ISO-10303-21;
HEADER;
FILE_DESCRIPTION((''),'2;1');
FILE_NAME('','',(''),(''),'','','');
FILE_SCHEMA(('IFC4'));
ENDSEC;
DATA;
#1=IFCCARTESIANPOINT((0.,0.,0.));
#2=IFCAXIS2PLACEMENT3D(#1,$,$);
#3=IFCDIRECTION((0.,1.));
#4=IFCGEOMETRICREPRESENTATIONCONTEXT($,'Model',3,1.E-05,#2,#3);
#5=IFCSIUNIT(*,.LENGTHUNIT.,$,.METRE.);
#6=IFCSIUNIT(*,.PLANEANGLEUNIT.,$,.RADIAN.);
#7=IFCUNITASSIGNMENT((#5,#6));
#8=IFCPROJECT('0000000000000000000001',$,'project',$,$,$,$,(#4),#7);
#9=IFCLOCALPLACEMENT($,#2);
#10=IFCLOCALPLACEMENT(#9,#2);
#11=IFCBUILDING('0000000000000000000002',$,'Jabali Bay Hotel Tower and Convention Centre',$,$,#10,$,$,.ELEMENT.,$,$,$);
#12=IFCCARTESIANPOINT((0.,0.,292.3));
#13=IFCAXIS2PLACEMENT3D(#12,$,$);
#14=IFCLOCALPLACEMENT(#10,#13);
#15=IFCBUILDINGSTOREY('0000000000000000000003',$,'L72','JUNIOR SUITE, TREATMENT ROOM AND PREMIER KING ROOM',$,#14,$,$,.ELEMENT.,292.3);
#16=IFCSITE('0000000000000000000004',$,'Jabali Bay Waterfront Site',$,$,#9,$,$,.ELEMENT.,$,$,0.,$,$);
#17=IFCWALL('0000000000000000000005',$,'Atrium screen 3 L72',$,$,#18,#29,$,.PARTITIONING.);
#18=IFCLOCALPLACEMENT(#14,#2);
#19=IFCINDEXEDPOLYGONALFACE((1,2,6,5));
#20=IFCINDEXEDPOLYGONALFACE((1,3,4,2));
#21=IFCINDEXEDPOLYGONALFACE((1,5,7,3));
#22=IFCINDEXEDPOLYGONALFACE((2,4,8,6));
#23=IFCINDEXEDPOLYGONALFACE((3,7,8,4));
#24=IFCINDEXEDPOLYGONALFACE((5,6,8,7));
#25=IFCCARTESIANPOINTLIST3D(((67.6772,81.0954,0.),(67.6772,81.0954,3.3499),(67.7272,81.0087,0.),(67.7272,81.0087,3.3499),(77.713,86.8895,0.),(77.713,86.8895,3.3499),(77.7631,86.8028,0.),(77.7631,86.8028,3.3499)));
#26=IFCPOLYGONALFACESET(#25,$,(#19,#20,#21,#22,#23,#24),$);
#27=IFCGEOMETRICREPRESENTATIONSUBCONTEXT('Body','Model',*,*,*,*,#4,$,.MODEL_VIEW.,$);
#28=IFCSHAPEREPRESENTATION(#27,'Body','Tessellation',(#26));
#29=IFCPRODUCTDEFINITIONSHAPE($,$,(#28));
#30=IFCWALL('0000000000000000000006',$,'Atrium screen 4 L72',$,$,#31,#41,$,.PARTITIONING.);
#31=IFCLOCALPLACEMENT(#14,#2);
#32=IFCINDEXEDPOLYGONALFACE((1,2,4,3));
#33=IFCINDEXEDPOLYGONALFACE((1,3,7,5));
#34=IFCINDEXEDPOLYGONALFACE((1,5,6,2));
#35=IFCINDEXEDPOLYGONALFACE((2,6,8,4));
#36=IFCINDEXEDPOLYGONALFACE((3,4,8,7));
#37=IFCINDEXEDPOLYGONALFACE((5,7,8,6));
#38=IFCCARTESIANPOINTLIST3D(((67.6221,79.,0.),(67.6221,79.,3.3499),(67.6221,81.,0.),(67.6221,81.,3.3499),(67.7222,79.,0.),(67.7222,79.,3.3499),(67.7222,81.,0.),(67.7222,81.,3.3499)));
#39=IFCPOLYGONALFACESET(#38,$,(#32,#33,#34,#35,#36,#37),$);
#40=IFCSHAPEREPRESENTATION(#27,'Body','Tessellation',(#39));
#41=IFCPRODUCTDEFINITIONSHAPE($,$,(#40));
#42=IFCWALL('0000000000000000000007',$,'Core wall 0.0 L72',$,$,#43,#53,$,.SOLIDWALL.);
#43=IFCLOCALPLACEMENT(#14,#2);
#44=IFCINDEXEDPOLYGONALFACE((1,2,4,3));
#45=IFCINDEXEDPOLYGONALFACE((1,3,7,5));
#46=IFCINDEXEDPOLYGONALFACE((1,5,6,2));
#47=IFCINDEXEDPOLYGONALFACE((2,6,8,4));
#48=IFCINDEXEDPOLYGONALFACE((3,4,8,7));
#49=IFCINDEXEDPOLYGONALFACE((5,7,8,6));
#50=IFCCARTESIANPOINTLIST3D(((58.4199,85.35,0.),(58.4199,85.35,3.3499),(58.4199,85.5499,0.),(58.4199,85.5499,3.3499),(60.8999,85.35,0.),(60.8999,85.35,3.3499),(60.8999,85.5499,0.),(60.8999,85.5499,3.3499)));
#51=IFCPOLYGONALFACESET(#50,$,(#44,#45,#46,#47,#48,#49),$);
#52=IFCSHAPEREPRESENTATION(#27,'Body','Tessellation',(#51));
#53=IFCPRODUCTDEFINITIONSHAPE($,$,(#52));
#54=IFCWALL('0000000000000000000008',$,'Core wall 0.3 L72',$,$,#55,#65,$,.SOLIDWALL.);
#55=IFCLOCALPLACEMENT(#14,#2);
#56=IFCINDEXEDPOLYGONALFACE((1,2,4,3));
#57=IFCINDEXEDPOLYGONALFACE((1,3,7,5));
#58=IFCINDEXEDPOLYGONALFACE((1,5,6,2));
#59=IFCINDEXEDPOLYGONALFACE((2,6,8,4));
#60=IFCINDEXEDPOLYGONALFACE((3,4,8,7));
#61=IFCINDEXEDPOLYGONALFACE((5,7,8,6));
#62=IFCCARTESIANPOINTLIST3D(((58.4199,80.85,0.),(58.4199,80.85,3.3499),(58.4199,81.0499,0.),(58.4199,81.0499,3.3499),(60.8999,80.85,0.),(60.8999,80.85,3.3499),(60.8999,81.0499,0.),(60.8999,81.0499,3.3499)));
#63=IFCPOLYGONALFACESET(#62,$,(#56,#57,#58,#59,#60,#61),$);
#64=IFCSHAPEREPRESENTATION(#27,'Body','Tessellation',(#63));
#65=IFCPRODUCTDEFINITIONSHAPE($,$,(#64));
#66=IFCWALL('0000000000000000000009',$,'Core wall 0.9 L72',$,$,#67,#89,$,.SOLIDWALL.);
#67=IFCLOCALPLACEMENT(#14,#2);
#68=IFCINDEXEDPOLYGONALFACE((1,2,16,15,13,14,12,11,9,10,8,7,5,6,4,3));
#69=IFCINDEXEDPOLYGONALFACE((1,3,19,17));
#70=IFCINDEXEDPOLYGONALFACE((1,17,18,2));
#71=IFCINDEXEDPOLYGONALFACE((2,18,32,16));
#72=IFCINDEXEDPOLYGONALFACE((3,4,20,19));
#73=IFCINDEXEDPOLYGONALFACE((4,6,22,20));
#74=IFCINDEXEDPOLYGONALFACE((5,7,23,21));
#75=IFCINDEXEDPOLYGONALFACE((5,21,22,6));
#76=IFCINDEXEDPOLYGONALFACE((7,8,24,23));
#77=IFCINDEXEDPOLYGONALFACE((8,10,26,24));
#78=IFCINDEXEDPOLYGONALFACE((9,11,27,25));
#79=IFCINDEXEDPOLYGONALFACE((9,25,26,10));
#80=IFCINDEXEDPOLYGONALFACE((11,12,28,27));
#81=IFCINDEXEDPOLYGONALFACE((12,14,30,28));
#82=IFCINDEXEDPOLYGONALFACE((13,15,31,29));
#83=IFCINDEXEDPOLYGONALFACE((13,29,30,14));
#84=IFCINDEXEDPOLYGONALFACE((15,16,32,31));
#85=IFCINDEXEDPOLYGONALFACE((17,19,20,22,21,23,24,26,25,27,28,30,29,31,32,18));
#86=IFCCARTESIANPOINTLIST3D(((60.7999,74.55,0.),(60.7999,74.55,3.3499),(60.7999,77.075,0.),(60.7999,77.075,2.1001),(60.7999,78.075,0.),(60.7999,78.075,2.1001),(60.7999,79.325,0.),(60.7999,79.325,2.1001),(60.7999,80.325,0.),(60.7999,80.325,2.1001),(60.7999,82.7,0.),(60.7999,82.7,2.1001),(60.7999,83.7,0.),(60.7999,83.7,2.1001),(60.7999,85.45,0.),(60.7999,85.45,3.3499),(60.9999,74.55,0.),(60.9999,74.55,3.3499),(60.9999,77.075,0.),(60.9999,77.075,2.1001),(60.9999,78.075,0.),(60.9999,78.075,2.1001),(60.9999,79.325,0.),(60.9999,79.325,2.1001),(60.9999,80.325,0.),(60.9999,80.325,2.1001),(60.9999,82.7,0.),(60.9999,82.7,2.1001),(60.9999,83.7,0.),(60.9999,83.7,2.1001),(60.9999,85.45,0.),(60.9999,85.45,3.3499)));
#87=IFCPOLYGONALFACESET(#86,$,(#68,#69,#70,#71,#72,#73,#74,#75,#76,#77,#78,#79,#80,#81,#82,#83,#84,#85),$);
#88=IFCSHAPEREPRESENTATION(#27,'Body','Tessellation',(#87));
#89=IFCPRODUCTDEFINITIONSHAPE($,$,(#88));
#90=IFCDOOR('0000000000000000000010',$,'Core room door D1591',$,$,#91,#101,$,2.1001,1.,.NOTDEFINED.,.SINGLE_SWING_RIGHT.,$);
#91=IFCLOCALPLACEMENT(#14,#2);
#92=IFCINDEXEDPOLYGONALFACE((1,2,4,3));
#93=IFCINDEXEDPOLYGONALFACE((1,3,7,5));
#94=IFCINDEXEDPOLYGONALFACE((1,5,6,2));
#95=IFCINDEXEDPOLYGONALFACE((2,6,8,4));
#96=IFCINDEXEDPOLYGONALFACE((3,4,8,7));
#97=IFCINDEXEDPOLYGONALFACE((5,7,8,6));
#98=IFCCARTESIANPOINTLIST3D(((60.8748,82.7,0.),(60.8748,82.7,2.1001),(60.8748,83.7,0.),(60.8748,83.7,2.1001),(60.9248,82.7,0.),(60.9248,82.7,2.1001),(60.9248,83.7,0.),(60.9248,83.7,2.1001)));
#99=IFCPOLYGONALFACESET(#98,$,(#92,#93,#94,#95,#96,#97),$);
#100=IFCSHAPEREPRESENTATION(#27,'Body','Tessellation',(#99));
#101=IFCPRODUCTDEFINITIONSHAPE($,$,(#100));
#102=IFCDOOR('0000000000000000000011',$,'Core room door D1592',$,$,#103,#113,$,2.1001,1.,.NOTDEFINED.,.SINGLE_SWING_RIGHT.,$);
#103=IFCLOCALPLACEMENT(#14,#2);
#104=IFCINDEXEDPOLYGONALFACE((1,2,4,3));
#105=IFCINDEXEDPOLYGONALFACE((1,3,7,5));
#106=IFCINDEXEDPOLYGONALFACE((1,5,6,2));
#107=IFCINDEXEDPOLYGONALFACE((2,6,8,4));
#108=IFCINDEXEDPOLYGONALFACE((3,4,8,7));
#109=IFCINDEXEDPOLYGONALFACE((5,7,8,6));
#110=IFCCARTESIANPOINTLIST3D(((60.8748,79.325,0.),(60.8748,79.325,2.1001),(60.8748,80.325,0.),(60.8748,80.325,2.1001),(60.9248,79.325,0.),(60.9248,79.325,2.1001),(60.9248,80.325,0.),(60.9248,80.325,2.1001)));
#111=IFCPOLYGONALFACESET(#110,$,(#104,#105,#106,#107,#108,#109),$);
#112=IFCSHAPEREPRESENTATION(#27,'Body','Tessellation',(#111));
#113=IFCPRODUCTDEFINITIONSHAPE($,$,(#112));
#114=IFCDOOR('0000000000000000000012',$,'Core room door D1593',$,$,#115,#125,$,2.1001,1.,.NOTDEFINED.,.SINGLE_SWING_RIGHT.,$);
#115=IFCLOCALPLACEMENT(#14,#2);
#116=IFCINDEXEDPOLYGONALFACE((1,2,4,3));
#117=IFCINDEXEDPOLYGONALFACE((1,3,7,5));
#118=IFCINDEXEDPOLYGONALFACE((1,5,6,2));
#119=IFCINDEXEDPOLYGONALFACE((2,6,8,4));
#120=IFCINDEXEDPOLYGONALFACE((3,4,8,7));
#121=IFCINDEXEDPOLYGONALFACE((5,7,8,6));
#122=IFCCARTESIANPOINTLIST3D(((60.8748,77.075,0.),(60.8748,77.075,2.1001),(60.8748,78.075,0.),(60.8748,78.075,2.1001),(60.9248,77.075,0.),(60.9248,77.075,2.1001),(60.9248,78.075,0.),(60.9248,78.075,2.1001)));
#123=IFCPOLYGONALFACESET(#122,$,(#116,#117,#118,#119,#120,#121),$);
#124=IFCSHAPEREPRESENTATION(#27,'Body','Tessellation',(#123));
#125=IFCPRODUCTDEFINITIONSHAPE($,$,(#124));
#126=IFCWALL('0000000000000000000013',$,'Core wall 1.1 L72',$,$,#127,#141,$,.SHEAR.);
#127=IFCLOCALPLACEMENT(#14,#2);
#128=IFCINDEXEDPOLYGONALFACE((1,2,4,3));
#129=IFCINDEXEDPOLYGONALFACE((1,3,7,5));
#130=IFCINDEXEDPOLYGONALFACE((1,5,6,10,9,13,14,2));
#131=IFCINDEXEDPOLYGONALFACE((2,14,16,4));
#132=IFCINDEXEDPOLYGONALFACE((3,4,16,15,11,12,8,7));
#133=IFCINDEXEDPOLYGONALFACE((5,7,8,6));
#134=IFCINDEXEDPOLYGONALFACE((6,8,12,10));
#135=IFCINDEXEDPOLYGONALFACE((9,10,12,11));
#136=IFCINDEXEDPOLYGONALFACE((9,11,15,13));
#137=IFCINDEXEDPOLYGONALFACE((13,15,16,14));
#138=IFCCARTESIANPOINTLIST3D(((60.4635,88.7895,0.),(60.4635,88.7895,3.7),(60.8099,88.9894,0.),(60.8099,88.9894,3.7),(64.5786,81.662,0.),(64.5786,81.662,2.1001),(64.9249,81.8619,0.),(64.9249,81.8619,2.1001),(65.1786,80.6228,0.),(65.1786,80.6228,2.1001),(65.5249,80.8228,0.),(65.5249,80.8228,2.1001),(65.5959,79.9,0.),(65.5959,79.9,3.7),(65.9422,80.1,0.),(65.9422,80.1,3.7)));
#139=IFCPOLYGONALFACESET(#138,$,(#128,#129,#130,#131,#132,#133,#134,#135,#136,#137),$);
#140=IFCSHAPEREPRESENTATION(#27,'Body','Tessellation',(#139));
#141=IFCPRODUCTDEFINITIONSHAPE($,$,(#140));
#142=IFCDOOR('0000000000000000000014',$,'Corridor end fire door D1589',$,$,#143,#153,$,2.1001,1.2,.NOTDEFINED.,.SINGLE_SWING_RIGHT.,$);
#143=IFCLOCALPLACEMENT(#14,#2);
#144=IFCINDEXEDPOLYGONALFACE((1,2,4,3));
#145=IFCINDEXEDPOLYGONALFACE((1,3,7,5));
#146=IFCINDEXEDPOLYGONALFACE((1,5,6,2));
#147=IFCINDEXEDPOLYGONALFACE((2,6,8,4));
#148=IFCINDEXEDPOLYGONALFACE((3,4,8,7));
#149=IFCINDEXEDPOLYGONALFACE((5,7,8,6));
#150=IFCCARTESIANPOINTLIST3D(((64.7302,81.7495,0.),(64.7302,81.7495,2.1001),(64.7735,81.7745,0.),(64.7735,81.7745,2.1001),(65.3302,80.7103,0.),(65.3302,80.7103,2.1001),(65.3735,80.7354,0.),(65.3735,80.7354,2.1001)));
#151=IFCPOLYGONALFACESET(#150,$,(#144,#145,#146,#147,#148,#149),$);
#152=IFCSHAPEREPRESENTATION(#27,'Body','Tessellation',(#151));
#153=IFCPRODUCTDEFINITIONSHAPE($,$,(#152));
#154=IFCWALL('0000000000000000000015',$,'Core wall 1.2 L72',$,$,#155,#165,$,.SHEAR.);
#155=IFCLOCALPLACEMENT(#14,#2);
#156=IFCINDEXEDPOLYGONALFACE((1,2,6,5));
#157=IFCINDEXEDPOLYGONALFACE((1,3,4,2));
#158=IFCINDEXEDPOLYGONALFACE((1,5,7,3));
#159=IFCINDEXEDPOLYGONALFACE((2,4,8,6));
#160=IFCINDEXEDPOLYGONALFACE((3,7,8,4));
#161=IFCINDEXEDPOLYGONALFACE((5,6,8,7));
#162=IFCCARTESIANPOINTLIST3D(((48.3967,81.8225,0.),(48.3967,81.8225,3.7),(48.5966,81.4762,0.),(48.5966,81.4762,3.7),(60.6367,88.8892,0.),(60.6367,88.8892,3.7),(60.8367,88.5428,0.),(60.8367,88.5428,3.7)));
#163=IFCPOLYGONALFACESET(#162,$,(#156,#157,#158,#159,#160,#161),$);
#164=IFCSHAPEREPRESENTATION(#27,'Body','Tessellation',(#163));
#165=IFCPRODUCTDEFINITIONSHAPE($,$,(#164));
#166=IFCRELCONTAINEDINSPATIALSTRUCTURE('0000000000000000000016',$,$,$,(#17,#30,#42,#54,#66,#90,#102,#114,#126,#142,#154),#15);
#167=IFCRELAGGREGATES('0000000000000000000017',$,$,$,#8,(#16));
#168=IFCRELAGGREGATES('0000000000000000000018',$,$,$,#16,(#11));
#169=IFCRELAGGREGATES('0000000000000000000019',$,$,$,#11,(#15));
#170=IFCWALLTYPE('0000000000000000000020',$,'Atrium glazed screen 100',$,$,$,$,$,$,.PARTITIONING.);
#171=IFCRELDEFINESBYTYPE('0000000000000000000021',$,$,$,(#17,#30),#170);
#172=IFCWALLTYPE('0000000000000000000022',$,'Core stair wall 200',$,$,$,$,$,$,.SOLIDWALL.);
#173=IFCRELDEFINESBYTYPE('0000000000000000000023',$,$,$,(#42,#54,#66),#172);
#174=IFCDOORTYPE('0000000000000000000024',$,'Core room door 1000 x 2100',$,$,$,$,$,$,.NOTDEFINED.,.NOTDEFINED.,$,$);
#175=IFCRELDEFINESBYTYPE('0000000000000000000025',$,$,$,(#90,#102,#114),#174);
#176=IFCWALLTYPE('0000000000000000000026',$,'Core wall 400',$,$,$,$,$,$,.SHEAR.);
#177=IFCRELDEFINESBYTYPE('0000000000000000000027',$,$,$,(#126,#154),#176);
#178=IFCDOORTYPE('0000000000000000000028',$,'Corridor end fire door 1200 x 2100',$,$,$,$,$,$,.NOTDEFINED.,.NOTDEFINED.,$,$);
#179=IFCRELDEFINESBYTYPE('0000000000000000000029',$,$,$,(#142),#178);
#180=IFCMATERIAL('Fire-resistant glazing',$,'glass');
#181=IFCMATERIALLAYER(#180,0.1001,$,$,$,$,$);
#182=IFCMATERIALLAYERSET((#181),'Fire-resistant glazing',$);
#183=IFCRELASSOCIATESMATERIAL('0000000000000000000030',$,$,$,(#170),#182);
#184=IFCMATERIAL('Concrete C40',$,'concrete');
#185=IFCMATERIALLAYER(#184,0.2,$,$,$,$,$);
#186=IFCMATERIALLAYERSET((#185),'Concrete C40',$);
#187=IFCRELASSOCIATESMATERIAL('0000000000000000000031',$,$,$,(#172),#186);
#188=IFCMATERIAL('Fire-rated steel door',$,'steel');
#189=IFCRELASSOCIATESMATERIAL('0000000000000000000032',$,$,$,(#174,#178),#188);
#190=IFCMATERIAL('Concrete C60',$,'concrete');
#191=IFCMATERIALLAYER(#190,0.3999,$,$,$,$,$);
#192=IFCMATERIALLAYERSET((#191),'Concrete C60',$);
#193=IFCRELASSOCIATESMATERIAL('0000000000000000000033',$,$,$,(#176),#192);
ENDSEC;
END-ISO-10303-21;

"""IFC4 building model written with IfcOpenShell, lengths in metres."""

from ifc_helpers import new_model, si_unit, direction, frame, frame_2d, origin, place, context, subcontext, project, spatial, rectangle, extrude, material, layer, layer_set, type_object, element, fill, save


model = new_model("IFC4")

# Units and contexts
model_context = context("Model", 3, precision=1e-05, world=origin(), true_north=direction((0.0, 1.0)))
body_context = subcontext(model_context, "Body", "Model", "MODEL_VIEW")
ifc_project = project(units=[si_unit("LENGTHUNIT", "METRE"), si_unit("PLANEANGLEUNIT", "RADIAN")], contexts=[model_context])

# Site, building, storey
site_placement = place(None, origin())
site = spatial("IfcSite", under=ifc_project, at=site_placement, Name="Jabali Bay Waterfront Site", CompositionType="ELEMENT", RefElevation=0.0)
building_placement = place(site_placement, origin())
building = spatial("IfcBuilding", under=site, at=building_placement, Name="Jabali Bay Hotel Tower and Convention Centre", CompositionType="ELEMENT")
storey_placement = place(building_placement, frame((0.0, 0.0, 292.3)))
storey = spatial("IfcBuildingStorey", under=building, at=storey_placement, Name="L72", Description="JUNIOR SUITE, TREATMENT ROOM AND PREMIER KING ROOM", CompositionType="ELEMENT", Elevation=292.3)

# Walls
ifc_material_1 = material(Name="Fire-resistant glazing", Category="glass")
ifc_layer_1 = layer(ifc_material_1, 0.1001)
ifc_layer_set_1 = layer_set([ifc_layer_1], Name="Fire-resistant glazing")
wall_type_1 = type_object("IfcWallType", Name="Atrium glazed screen 100", PredefinedType="PARTITIONING", material=ifc_layer_set_1)
wall_1_placement = place(storey_placement, frame((77.738, 86.8462, 0.0), z_axis=(0.0, 0.0, 1.0), x_axis=(-0.866027, -0.499998, 0.0)))
element("IfcWall", 1, at=wall_1_placement, inside=storey, type_object=wall_type_1, Name="Atrium screen 3 L72", PredefinedType="PARTITIONING", context=body_context, shape_type="SweptSolid", body=[
    extrude(rectangle(XDim=11.5884, YDim=0.1001, at=frame_2d((5.7942, 0.0))), origin(), (0.0, 0.0, 1.0), 3.3499),
])
wall_2_placement = place(storey_placement, frame((67.6721, 81.0, 0.0), z_axis=(0.0, 0.0, 1.0), x_axis=(0.0, -1.0, 0.0)))
element("IfcWall", 2, at=wall_2_placement, inside=storey, type_object=wall_type_1, Name="Atrium screen 4 L72", PredefinedType="PARTITIONING", context=body_context, shape_type="SweptSolid", body=[
    extrude(rectangle(XDim=2.0, YDim=0.1001, at=frame_2d((1.0, 0.0))), origin(), (0.0, 0.0, 1.0), 3.3499),
])
ifc_material_2 = material(Name="Concrete C40", Category="concrete")
ifc_layer_2 = layer(ifc_material_2, 0.2)
ifc_layer_set_2 = layer_set([ifc_layer_2], Name="Concrete C40")
wall_type_2 = type_object("IfcWallType", Name="Core stair wall 200", PredefinedType="SOLIDWALL", material=ifc_layer_set_2)
for number, where, z_axis, x_axis, name in (
    (3, (60.8999, 85.45, 0.0), (0.0, 0.0, 1.0), (-1.0, 0.0, 0.0), "Core wall 0.0 L72"),
    (4, (60.8999, 80.95, 0.0), (0.0, 0.0, 1.0), (-1.0, 0.0, 0.0), "Core wall 0.3 L72"),
):
    element("IfcWall", number, at=place(storey_placement, frame(where, z_axis=z_axis, x_axis=x_axis)), inside=storey, type_object=wall_type_2, Name=name, PredefinedType="SOLIDWALL", context=body_context, shape_type="SweptSolid", body=[
        extrude(rectangle(XDim=2.48, YDim=0.2, at=frame_2d((1.24, 0.0))), origin(), (0.0, 0.0, 1.0), 3.3499),
    ])

# Wall, openings, doors
wall_3_placement = place(storey_placement, frame((60.8999, 85.45, 0.0), z_axis=(0.0, 0.0, 1.0), x_axis=(0.0, -1.0, 0.0)))
wall_3 = element("IfcWall", 5, at=wall_3_placement, inside=storey, type_object=wall_type_2, Name="Core wall 0.9 L72", PredefinedType="SOLIDWALL", context=body_context, shape_type="SweptSolid", body=[
    extrude(rectangle(XDim=10.8999, YDim=0.2, at=frame_2d((5.45, 0.0))), origin(), (0.0, 0.0, 1.0), 3.3499),
])
opening_1_placement = place(wall_3_placement, frame((1.75, 0.0, 0.0)))
opening_1 = element("IfcOpeningElement", 6, at=opening_1_placement, cuts=wall_3, PredefinedType="OPENING", context=body_context, shape_type="SweptSolid", body=[
    extrude(rectangle(XDim=1.0, YDim=2.1001, at=frame_2d((0.5, 1.05))), frame((0.0, 0.1104, 0.0), z_axis=(0.0, -1.0, 0.0), x_axis=(1.0, 0.0, 0.0)), (0.0, 0.0, 1.0), 0.2209),
])
opening_2_placement = place(wall_3_placement, frame((5.125, 0.0, 0.0)))
opening_2 = element("IfcOpeningElement", 7, at=opening_2_placement, cuts=wall_3, PredefinedType="OPENING", context=body_context, shape_type="SweptSolid", body=[
    extrude(rectangle(XDim=1.0, YDim=2.1001, at=frame_2d((0.5, 1.05))), frame((0.0, 0.1104, 0.0), z_axis=(0.0, -1.0, 0.0), x_axis=(1.0, 0.0, 0.0)), (0.0, 0.0, 1.0), 0.2209),
])
opening_3_placement = place(wall_3_placement, frame((7.375, 0.0, 0.0)))
opening_3 = element("IfcOpeningElement", 8, at=opening_3_placement, cuts=wall_3, PredefinedType="OPENING", context=body_context, shape_type="SweptSolid", body=[
    extrude(rectangle(XDim=1.0, YDim=2.1001, at=frame_2d((0.5, 1.05))), frame((0.0, 0.1104, 0.0), z_axis=(0.0, -1.0, 0.0), x_axis=(1.0, 0.0, 0.0)), (0.0, 0.0, 1.0), 0.2209),
])
ifc_material_3 = material(Name="Fire-rated steel door", Category="steel")
door_type_1 = type_object("IfcDoorType", Name="Core room door 1000 x 2100", OperationType="NOTDEFINED", PredefinedType="NOTDEFINED", material=ifc_material_3)
door_1_placement = place(opening_1_placement, origin())
door_1 = element("IfcDoor", 9, at=door_1_placement, inside=storey, type_object=door_type_1, Name="Core room door D1591", OperationType="SINGLE_SWING_RIGHT", OverallHeight=2.1001, OverallWidth=1.0, PredefinedType="NOTDEFINED", context=body_context, shape_type="SweptSolid", body=[
    extrude(rectangle(XDim=1.0, YDim=2.1001, at=frame_2d((0.5, 1.05))), frame((0.0, 0.0249, 0.0), z_axis=(0.0, -1.0, 0.0), x_axis=(1.0, 0.0, 0.0)), (0.0, 0.0, 1.0), 0.05),
])
fill(opening_1, door_1)
door_2_placement = place(opening_2_placement, origin())
door_2 = element("IfcDoor", 10, at=door_2_placement, inside=storey, type_object=door_type_1, Name="Core room door D1592", OperationType="SINGLE_SWING_RIGHT", OverallHeight=2.1001, OverallWidth=1.0, PredefinedType="NOTDEFINED", context=body_context, shape_type="SweptSolid", body=[
    extrude(rectangle(XDim=1.0, YDim=2.1001, at=frame_2d((0.5, 1.05))), frame((0.0, 0.0249, 0.0), z_axis=(0.0, -1.0, 0.0), x_axis=(1.0, 0.0, 0.0)), (0.0, 0.0, 1.0), 0.05),
])
fill(opening_2, door_2)
door_3_placement = place(opening_3_placement, origin())
door_3 = element("IfcDoor", 11, at=door_3_placement, inside=storey, type_object=door_type_1, Name="Core room door D1593", OperationType="SINGLE_SWING_RIGHT", OverallHeight=2.1001, OverallWidth=1.0, PredefinedType="NOTDEFINED", context=body_context, shape_type="SweptSolid", body=[
    extrude(rectangle(XDim=1.0, YDim=2.1001, at=frame_2d((0.5, 1.05))), frame((0.0, 0.0249, 0.0), z_axis=(0.0, -1.0, 0.0), x_axis=(1.0, 0.0, 0.0)), (0.0, 0.0, 1.0), 0.05),
])
fill(opening_3, door_3)

# Wall, opening, door
ifc_material_4 = material(Name="Concrete C60", Category="concrete")
ifc_layer_3 = layer(ifc_material_4, 0.3999)
ifc_layer_set_3 = layer_set([ifc_layer_3], Name="Concrete C60")
wall_type_3 = type_object("IfcWallType", Name="Core wall 400", PredefinedType="SHEAR", material=ifc_layer_set_3)
wall_4_placement = place(storey_placement, frame((65.769, 80.0, 0.0), z_axis=(0.0, 0.0, 1.0), x_axis=(-0.500002, 0.866024, 0.0)))
wall_4 = element("IfcWall", 12, at=wall_4_placement, inside=storey, type_object=wall_type_3, Name="Core wall 1.1 L72", PredefinedType="SHEAR", context=body_context, shape_type="SweptSolid", body=[
    extrude(rectangle(XDim=10.2646, YDim=0.3999, at=frame_2d((5.1323, 0.0))), origin(), (0.0, 0.0, 1.0), 3.7),
])
opening_4_placement = place(wall_4_placement, frame((0.8345, 0.0, 0.0)))
opening_4 = element("IfcOpeningElement", 13, at=opening_4_placement, cuts=wall_4, PredefinedType="OPENING", context=body_context, shape_type="SweptSolid", body=[
    extrude(rectangle(XDim=1.2, YDim=2.1001, at=frame_2d((0.6001, 1.05))), frame((0.0, 0.2104, 0.0), z_axis=(0.0, -1.0, 0.0), x_axis=(1.0, 0.0, 0.0)), (0.0, 0.0, 1.0), 0.4209),
])
door_type_2 = type_object("IfcDoorType", Name="Corridor end fire door 1200 x 2100", OperationType="NOTDEFINED", PredefinedType="NOTDEFINED", material=ifc_material_3)
door_4_placement = place(opening_4_placement, origin())
door_4 = element("IfcDoor", 14, at=door_4_placement, inside=storey, type_object=door_type_2, Name="Corridor end fire door D1589", OperationType="SINGLE_SWING_RIGHT", OverallHeight=2.1001, OverallWidth=1.2, PredefinedType="NOTDEFINED", context=body_context, shape_type="SweptSolid", body=[
    extrude(rectangle(XDim=1.2, YDim=2.1001, at=frame_2d((0.6001, 1.05))), frame((0.0, 0.0249, 0.0), z_axis=(0.0, -1.0, 0.0), x_axis=(1.0, 0.0, 0.0)), (0.0, 0.0, 1.0), 0.05),
])
fill(opening_4, door_4)

# Wall
wall_5_placement = place(storey_placement, frame((60.7368, 88.7161, 0.0), z_axis=(0.0, 0.0, 1.0), x_axis=(-0.866029, -0.499994, 0.0)))
element("IfcWall", 15, at=wall_5_placement, inside=storey, type_object=wall_type_3, Name="Core wall 1.2 L72", PredefinedType="SHEAR", context=body_context, shape_type="SweptSolid", body=[
    extrude(rectangle(XDim=14.1335, YDim=0.3999, at=frame_2d((7.0669, 0.0))), origin(), (0.0, 0.0, 1.0), 3.7),
])

save(model, "model.ifc")
